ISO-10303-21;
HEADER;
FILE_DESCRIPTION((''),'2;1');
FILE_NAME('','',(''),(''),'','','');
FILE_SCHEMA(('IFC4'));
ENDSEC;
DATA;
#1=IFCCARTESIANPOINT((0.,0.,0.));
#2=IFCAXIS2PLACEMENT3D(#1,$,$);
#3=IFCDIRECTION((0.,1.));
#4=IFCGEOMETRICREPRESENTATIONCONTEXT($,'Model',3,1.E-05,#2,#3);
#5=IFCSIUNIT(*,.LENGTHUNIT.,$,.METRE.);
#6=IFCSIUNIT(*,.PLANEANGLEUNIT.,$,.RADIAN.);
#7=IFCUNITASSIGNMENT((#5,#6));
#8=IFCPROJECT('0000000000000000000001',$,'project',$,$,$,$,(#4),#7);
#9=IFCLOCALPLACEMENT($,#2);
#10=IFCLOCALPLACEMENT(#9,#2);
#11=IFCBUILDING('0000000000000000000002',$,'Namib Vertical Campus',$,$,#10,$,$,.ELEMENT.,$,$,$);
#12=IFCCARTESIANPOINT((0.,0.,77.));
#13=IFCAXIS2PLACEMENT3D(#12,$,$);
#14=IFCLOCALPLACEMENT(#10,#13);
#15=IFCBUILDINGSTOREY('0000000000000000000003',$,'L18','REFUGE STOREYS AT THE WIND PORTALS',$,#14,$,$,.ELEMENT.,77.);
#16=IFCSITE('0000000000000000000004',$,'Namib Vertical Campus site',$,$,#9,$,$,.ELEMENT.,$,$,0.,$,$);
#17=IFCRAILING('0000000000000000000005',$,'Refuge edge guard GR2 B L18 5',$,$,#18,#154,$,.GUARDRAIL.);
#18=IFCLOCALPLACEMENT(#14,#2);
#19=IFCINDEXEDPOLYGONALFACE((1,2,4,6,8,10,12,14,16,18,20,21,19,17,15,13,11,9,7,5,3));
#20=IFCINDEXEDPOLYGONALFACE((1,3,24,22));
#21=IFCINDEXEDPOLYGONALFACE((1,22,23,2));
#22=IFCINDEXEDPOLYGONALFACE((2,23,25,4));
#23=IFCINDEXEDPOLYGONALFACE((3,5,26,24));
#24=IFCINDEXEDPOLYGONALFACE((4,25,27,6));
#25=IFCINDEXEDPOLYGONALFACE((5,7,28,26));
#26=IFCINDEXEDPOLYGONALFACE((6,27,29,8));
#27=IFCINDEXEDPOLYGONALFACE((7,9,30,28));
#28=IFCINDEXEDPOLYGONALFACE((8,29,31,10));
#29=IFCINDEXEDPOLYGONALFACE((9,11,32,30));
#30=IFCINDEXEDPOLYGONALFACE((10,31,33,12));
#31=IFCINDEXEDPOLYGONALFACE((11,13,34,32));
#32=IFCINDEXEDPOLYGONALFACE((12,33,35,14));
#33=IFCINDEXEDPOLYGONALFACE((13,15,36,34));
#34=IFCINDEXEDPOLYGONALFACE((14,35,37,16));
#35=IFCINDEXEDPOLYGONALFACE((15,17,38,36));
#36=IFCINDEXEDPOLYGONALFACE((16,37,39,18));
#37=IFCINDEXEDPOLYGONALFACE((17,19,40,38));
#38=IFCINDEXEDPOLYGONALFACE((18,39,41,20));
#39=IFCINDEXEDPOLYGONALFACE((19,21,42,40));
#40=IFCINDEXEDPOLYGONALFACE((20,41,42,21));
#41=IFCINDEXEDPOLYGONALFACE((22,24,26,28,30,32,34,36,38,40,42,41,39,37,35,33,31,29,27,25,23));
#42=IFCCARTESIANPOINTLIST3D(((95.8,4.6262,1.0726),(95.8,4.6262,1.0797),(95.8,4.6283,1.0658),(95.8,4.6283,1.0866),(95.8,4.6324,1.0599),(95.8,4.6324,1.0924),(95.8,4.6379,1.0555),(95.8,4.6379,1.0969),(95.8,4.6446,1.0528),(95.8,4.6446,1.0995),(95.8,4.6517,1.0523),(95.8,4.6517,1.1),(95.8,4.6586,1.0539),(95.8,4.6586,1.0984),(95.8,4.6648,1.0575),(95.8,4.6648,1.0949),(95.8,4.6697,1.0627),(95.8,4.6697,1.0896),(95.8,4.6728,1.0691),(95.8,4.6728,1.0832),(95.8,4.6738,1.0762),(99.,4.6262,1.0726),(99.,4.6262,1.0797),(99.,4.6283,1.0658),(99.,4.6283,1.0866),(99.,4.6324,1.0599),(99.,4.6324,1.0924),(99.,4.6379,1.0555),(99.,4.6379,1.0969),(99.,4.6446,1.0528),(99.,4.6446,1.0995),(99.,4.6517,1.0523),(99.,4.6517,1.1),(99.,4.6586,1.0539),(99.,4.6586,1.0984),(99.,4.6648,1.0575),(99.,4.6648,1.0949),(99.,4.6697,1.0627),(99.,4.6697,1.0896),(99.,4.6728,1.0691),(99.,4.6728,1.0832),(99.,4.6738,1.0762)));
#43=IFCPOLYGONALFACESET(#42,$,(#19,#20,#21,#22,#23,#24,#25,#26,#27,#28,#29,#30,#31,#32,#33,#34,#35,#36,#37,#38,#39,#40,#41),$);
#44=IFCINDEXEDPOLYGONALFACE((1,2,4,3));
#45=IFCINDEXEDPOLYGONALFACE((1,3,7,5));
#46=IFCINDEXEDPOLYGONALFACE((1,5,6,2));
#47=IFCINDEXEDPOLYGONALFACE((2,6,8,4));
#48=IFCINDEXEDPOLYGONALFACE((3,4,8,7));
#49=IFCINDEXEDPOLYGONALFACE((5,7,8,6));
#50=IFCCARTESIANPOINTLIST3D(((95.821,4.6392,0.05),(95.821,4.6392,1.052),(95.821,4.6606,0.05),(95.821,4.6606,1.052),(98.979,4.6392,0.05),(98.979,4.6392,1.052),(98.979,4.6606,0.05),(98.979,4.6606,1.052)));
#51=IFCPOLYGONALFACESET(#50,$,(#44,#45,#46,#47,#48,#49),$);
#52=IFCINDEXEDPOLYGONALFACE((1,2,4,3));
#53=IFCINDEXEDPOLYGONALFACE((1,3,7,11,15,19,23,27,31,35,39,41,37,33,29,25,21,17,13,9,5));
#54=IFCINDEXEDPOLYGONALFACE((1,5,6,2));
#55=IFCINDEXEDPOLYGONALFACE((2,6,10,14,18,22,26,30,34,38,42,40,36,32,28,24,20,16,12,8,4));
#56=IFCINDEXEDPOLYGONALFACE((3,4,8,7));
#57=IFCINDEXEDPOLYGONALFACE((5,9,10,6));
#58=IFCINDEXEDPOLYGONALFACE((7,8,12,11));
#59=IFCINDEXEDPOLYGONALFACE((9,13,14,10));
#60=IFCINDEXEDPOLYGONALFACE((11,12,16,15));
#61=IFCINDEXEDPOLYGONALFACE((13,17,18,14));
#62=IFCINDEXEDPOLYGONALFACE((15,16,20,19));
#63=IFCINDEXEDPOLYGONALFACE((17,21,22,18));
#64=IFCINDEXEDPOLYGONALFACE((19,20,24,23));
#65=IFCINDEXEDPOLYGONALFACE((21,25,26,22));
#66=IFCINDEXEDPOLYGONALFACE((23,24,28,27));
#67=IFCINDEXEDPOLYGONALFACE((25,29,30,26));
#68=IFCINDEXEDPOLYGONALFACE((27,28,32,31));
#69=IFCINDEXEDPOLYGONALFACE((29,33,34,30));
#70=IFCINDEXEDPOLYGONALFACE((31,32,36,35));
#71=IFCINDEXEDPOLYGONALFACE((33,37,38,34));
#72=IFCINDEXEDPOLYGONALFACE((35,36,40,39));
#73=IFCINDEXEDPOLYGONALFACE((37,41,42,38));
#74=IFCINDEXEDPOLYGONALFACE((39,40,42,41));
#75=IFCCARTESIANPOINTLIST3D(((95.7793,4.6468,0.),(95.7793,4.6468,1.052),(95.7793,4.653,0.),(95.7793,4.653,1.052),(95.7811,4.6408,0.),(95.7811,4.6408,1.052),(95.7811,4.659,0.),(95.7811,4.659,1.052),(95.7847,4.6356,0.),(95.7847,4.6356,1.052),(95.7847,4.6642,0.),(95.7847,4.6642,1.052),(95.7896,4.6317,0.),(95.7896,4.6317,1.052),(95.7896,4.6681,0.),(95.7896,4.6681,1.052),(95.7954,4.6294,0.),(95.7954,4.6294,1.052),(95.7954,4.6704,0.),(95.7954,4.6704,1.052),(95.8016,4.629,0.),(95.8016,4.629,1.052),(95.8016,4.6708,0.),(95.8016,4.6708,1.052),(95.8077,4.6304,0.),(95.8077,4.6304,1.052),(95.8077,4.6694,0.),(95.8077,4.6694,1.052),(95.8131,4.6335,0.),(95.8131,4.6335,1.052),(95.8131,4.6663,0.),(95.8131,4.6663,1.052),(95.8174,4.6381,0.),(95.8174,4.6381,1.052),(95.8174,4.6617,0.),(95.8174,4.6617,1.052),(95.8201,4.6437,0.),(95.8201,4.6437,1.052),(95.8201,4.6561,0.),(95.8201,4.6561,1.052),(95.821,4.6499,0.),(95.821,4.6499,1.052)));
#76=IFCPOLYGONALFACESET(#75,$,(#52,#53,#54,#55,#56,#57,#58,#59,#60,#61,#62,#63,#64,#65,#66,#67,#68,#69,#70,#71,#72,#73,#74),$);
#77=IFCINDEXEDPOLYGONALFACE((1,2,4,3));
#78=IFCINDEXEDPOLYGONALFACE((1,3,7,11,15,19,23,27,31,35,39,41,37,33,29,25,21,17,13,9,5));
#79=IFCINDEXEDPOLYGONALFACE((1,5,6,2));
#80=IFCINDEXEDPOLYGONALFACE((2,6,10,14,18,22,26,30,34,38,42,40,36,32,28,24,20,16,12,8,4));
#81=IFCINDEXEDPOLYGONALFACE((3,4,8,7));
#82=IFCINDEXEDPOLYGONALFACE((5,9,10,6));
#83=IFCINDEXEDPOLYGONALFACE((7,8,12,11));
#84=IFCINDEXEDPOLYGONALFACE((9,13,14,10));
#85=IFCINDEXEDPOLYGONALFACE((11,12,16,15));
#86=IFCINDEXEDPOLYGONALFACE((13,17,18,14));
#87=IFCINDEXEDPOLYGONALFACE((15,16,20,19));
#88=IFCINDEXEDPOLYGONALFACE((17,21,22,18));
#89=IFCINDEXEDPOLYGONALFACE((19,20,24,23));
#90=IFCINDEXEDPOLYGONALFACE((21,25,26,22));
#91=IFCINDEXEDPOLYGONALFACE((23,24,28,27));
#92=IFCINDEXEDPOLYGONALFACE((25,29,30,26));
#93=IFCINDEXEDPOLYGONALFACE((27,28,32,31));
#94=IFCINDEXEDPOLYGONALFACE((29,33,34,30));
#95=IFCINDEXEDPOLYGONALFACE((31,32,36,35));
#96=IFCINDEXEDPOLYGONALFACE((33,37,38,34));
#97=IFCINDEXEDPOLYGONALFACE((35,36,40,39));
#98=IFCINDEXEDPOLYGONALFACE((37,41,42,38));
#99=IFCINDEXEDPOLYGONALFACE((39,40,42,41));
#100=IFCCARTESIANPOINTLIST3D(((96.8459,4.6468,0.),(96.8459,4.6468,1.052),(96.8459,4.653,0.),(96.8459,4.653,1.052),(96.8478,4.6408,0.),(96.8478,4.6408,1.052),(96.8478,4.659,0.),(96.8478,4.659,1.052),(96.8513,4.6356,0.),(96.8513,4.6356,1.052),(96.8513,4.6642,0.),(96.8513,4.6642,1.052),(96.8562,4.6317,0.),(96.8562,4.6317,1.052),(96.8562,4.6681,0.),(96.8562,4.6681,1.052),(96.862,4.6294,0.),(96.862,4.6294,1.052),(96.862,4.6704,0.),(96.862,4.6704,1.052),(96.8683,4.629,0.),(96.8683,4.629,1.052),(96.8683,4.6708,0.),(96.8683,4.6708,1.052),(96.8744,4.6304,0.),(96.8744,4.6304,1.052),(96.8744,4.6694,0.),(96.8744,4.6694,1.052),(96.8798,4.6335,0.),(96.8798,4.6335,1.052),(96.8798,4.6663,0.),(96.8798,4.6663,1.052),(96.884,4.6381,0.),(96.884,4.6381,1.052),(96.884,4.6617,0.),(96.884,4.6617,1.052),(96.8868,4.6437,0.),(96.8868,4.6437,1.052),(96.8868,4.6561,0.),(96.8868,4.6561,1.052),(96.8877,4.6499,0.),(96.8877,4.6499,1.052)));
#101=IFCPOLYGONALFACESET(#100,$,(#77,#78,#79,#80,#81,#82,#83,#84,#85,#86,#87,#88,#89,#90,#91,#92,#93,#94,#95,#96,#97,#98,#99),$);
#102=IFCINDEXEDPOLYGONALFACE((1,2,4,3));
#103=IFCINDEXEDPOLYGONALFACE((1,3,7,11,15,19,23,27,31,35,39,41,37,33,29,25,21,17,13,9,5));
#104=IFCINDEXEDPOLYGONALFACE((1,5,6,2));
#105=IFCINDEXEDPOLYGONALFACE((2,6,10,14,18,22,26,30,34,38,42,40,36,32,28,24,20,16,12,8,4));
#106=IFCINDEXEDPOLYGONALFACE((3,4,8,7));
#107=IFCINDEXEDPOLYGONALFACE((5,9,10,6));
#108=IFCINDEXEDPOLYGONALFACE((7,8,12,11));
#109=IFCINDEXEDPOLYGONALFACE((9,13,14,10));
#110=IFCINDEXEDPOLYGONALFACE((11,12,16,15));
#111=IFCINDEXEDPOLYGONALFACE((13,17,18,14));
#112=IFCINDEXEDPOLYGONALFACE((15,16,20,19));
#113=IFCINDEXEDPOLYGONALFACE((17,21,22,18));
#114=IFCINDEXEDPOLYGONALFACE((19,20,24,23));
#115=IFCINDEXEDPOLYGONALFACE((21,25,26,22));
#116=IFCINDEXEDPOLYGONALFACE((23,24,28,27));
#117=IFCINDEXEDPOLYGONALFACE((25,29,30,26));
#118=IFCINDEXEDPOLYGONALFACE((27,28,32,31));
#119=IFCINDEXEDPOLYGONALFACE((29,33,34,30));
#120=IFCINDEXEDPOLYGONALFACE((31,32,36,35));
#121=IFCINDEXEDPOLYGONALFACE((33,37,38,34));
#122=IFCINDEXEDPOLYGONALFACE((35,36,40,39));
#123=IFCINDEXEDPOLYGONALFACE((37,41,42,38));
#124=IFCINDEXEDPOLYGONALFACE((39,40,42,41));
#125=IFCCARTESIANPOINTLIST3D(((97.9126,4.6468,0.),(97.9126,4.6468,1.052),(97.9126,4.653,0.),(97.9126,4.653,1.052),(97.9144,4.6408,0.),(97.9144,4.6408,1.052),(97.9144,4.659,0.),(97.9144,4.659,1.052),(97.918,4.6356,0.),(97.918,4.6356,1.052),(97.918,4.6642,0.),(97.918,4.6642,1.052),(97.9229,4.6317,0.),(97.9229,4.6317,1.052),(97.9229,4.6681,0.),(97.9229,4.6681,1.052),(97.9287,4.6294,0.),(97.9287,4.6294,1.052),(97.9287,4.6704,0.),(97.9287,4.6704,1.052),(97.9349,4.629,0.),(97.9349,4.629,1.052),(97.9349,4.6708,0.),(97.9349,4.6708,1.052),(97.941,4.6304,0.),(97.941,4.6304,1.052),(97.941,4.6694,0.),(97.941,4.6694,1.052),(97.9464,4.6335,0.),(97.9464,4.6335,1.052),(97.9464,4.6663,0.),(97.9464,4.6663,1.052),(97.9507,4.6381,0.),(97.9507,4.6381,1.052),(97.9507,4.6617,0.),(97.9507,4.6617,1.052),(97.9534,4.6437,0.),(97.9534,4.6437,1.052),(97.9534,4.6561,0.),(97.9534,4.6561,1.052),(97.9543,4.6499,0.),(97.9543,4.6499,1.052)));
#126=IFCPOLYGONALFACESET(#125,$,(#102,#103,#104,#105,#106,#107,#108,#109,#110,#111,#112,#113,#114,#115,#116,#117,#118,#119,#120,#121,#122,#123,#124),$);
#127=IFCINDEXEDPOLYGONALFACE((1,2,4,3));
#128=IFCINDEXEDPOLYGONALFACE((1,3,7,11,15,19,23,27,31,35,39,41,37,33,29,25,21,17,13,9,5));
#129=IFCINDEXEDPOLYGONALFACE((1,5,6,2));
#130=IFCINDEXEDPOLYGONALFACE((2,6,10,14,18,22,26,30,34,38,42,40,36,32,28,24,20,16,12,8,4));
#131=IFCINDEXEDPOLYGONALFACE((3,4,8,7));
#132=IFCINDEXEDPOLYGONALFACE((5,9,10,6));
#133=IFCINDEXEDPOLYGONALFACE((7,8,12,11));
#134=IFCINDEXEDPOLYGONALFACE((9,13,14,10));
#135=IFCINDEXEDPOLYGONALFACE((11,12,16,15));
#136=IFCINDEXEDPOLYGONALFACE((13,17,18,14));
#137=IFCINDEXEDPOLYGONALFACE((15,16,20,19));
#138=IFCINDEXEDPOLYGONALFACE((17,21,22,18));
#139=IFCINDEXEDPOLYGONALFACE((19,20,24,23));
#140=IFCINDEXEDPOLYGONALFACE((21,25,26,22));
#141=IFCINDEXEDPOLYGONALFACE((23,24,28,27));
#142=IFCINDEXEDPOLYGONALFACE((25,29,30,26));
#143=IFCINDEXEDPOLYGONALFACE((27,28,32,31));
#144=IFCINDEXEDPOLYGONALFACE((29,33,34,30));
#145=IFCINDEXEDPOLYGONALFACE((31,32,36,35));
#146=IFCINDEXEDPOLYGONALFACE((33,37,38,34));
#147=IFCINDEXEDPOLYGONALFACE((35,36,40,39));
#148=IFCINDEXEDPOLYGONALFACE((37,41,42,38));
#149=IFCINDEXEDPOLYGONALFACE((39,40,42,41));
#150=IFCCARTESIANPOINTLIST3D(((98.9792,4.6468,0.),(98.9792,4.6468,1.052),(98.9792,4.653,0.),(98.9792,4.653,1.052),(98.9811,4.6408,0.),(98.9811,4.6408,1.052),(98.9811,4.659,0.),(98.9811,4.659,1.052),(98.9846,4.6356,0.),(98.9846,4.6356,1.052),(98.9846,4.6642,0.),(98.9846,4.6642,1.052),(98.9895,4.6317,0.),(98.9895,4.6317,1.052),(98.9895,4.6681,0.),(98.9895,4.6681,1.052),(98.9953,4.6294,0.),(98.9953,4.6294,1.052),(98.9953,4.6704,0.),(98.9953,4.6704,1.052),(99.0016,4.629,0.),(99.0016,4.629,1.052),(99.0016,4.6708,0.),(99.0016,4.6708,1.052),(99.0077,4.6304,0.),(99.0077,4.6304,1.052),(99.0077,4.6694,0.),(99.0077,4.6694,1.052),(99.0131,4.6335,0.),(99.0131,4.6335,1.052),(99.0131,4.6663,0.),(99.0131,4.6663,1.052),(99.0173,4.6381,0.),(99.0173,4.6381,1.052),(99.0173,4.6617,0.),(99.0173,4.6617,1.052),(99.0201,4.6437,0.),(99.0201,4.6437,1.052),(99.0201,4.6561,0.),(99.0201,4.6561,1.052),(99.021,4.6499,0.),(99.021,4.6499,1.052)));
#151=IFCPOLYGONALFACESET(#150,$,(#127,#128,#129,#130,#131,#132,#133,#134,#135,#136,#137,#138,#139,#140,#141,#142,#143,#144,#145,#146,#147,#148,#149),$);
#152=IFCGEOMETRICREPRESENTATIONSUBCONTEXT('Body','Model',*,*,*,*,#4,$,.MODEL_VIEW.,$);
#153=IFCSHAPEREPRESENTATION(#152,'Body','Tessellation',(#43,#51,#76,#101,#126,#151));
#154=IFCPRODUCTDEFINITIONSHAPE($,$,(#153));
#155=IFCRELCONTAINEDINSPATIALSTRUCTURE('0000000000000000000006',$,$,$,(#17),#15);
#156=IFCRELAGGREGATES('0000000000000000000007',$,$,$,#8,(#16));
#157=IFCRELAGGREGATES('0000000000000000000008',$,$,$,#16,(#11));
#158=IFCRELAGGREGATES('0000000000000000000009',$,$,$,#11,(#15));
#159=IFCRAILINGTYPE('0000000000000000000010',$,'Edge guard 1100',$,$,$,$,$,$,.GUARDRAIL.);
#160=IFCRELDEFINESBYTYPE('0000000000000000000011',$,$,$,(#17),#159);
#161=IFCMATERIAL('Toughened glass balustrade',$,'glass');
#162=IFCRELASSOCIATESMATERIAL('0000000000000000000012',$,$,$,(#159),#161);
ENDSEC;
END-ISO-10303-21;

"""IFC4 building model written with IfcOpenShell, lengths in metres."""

from ifc_helpers import new_model, si_unit, direction, frame, origin, origin_2d, place, context, subcontext, project, spatial, polyline, circle, outline, extrude, material, type_object, element, save


model = new_model("IFC4")

# Units and contexts
model_context = context("Model", 3, precision=1e-05, world=origin(), true_north=direction((0.0, 1.0)))
body_context = subcontext(model_context, "Body", "Model", "MODEL_VIEW")
ifc_project = project(units=[si_unit("LENGTHUNIT", "METRE"), si_unit("PLANEANGLEUNIT", "RADIAN")], contexts=[model_context])

# Site, building, storey
site_placement = place(None, origin())
site = spatial("IfcSite", under=ifc_project, at=site_placement, Name="Namib Vertical Campus site", CompositionType="ELEMENT", RefElevation=0.0)
building_placement = place(site_placement, origin())
building = spatial("IfcBuilding", under=site, at=building_placement, Name="Namib Vertical Campus", CompositionType="ELEMENT")
storey_placement = place(building_placement, frame((0.0, 0.0, 77.0)))
storey = spatial("IfcBuildingStorey", under=building, at=storey_placement, Name="L18", Description="REFUGE STOREYS AT THE WIND PORTALS", CompositionType="ELEMENT", Elevation=77.0)

# Railing
ifc_material_1 = material(Name="Toughened glass balustrade", Category="glass")
railing_type = type_object("IfcRailingType", Name="Edge guard 1100", PredefinedType="GUARDRAIL", material=ifc_material_1)
railing_1_placement = place(storey_placement, frame((95.8, 4.6499, 0.0)))
element("IfcRailing", 1, at=railing_1_placement, inside=storey, type_object=railing_type, Name="Refuge edge guard GR2 B L18 5", PredefinedType="GUARDRAIL", context=body_context, shape_type="SweptSolid", body=[
    extrude(circle(Radius=0.0239, at=origin_2d()), frame((0.0, 0.0, 1.0762), z_axis=(1.0, 0.0, 0.0), x_axis=(0.0, 1.0, 0.0)), (0.0, 0.0, 1.0), 3.2),
    extrude(outline(polyline([(0.021, 0.05), (3.179, 0.05), (3.179, 1.052), (0.021, 1.052), (0.021, 0.05)])), frame((0.0, 0.0107, 0.0), z_axis=(0.0, -1.0, 0.0), x_axis=(1.0, 0.0, 0.0)), (0.0, 0.0, 1.0), 0.0215),
    extrude(circle(Radius=0.021, at=origin_2d()), origin(), (0.0, 0.0, 1.0), 1.052),
    extrude(circle(Radius=0.021, at=origin_2d()), frame((1.0667, 0.0, 0.0)), (0.0, 0.0, 1.0), 1.052),
    extrude(circle(Radius=0.021, at=origin_2d()), frame((2.1333, 0.0, 0.0)), (0.0, 0.0, 1.0), 1.052),
    extrude(circle(Radius=0.021, at=origin_2d()), frame((3.2, 0.0, 0.0)), (0.0, 0.0, 1.0), 1.052),
])

save(model, "model.ifc")
